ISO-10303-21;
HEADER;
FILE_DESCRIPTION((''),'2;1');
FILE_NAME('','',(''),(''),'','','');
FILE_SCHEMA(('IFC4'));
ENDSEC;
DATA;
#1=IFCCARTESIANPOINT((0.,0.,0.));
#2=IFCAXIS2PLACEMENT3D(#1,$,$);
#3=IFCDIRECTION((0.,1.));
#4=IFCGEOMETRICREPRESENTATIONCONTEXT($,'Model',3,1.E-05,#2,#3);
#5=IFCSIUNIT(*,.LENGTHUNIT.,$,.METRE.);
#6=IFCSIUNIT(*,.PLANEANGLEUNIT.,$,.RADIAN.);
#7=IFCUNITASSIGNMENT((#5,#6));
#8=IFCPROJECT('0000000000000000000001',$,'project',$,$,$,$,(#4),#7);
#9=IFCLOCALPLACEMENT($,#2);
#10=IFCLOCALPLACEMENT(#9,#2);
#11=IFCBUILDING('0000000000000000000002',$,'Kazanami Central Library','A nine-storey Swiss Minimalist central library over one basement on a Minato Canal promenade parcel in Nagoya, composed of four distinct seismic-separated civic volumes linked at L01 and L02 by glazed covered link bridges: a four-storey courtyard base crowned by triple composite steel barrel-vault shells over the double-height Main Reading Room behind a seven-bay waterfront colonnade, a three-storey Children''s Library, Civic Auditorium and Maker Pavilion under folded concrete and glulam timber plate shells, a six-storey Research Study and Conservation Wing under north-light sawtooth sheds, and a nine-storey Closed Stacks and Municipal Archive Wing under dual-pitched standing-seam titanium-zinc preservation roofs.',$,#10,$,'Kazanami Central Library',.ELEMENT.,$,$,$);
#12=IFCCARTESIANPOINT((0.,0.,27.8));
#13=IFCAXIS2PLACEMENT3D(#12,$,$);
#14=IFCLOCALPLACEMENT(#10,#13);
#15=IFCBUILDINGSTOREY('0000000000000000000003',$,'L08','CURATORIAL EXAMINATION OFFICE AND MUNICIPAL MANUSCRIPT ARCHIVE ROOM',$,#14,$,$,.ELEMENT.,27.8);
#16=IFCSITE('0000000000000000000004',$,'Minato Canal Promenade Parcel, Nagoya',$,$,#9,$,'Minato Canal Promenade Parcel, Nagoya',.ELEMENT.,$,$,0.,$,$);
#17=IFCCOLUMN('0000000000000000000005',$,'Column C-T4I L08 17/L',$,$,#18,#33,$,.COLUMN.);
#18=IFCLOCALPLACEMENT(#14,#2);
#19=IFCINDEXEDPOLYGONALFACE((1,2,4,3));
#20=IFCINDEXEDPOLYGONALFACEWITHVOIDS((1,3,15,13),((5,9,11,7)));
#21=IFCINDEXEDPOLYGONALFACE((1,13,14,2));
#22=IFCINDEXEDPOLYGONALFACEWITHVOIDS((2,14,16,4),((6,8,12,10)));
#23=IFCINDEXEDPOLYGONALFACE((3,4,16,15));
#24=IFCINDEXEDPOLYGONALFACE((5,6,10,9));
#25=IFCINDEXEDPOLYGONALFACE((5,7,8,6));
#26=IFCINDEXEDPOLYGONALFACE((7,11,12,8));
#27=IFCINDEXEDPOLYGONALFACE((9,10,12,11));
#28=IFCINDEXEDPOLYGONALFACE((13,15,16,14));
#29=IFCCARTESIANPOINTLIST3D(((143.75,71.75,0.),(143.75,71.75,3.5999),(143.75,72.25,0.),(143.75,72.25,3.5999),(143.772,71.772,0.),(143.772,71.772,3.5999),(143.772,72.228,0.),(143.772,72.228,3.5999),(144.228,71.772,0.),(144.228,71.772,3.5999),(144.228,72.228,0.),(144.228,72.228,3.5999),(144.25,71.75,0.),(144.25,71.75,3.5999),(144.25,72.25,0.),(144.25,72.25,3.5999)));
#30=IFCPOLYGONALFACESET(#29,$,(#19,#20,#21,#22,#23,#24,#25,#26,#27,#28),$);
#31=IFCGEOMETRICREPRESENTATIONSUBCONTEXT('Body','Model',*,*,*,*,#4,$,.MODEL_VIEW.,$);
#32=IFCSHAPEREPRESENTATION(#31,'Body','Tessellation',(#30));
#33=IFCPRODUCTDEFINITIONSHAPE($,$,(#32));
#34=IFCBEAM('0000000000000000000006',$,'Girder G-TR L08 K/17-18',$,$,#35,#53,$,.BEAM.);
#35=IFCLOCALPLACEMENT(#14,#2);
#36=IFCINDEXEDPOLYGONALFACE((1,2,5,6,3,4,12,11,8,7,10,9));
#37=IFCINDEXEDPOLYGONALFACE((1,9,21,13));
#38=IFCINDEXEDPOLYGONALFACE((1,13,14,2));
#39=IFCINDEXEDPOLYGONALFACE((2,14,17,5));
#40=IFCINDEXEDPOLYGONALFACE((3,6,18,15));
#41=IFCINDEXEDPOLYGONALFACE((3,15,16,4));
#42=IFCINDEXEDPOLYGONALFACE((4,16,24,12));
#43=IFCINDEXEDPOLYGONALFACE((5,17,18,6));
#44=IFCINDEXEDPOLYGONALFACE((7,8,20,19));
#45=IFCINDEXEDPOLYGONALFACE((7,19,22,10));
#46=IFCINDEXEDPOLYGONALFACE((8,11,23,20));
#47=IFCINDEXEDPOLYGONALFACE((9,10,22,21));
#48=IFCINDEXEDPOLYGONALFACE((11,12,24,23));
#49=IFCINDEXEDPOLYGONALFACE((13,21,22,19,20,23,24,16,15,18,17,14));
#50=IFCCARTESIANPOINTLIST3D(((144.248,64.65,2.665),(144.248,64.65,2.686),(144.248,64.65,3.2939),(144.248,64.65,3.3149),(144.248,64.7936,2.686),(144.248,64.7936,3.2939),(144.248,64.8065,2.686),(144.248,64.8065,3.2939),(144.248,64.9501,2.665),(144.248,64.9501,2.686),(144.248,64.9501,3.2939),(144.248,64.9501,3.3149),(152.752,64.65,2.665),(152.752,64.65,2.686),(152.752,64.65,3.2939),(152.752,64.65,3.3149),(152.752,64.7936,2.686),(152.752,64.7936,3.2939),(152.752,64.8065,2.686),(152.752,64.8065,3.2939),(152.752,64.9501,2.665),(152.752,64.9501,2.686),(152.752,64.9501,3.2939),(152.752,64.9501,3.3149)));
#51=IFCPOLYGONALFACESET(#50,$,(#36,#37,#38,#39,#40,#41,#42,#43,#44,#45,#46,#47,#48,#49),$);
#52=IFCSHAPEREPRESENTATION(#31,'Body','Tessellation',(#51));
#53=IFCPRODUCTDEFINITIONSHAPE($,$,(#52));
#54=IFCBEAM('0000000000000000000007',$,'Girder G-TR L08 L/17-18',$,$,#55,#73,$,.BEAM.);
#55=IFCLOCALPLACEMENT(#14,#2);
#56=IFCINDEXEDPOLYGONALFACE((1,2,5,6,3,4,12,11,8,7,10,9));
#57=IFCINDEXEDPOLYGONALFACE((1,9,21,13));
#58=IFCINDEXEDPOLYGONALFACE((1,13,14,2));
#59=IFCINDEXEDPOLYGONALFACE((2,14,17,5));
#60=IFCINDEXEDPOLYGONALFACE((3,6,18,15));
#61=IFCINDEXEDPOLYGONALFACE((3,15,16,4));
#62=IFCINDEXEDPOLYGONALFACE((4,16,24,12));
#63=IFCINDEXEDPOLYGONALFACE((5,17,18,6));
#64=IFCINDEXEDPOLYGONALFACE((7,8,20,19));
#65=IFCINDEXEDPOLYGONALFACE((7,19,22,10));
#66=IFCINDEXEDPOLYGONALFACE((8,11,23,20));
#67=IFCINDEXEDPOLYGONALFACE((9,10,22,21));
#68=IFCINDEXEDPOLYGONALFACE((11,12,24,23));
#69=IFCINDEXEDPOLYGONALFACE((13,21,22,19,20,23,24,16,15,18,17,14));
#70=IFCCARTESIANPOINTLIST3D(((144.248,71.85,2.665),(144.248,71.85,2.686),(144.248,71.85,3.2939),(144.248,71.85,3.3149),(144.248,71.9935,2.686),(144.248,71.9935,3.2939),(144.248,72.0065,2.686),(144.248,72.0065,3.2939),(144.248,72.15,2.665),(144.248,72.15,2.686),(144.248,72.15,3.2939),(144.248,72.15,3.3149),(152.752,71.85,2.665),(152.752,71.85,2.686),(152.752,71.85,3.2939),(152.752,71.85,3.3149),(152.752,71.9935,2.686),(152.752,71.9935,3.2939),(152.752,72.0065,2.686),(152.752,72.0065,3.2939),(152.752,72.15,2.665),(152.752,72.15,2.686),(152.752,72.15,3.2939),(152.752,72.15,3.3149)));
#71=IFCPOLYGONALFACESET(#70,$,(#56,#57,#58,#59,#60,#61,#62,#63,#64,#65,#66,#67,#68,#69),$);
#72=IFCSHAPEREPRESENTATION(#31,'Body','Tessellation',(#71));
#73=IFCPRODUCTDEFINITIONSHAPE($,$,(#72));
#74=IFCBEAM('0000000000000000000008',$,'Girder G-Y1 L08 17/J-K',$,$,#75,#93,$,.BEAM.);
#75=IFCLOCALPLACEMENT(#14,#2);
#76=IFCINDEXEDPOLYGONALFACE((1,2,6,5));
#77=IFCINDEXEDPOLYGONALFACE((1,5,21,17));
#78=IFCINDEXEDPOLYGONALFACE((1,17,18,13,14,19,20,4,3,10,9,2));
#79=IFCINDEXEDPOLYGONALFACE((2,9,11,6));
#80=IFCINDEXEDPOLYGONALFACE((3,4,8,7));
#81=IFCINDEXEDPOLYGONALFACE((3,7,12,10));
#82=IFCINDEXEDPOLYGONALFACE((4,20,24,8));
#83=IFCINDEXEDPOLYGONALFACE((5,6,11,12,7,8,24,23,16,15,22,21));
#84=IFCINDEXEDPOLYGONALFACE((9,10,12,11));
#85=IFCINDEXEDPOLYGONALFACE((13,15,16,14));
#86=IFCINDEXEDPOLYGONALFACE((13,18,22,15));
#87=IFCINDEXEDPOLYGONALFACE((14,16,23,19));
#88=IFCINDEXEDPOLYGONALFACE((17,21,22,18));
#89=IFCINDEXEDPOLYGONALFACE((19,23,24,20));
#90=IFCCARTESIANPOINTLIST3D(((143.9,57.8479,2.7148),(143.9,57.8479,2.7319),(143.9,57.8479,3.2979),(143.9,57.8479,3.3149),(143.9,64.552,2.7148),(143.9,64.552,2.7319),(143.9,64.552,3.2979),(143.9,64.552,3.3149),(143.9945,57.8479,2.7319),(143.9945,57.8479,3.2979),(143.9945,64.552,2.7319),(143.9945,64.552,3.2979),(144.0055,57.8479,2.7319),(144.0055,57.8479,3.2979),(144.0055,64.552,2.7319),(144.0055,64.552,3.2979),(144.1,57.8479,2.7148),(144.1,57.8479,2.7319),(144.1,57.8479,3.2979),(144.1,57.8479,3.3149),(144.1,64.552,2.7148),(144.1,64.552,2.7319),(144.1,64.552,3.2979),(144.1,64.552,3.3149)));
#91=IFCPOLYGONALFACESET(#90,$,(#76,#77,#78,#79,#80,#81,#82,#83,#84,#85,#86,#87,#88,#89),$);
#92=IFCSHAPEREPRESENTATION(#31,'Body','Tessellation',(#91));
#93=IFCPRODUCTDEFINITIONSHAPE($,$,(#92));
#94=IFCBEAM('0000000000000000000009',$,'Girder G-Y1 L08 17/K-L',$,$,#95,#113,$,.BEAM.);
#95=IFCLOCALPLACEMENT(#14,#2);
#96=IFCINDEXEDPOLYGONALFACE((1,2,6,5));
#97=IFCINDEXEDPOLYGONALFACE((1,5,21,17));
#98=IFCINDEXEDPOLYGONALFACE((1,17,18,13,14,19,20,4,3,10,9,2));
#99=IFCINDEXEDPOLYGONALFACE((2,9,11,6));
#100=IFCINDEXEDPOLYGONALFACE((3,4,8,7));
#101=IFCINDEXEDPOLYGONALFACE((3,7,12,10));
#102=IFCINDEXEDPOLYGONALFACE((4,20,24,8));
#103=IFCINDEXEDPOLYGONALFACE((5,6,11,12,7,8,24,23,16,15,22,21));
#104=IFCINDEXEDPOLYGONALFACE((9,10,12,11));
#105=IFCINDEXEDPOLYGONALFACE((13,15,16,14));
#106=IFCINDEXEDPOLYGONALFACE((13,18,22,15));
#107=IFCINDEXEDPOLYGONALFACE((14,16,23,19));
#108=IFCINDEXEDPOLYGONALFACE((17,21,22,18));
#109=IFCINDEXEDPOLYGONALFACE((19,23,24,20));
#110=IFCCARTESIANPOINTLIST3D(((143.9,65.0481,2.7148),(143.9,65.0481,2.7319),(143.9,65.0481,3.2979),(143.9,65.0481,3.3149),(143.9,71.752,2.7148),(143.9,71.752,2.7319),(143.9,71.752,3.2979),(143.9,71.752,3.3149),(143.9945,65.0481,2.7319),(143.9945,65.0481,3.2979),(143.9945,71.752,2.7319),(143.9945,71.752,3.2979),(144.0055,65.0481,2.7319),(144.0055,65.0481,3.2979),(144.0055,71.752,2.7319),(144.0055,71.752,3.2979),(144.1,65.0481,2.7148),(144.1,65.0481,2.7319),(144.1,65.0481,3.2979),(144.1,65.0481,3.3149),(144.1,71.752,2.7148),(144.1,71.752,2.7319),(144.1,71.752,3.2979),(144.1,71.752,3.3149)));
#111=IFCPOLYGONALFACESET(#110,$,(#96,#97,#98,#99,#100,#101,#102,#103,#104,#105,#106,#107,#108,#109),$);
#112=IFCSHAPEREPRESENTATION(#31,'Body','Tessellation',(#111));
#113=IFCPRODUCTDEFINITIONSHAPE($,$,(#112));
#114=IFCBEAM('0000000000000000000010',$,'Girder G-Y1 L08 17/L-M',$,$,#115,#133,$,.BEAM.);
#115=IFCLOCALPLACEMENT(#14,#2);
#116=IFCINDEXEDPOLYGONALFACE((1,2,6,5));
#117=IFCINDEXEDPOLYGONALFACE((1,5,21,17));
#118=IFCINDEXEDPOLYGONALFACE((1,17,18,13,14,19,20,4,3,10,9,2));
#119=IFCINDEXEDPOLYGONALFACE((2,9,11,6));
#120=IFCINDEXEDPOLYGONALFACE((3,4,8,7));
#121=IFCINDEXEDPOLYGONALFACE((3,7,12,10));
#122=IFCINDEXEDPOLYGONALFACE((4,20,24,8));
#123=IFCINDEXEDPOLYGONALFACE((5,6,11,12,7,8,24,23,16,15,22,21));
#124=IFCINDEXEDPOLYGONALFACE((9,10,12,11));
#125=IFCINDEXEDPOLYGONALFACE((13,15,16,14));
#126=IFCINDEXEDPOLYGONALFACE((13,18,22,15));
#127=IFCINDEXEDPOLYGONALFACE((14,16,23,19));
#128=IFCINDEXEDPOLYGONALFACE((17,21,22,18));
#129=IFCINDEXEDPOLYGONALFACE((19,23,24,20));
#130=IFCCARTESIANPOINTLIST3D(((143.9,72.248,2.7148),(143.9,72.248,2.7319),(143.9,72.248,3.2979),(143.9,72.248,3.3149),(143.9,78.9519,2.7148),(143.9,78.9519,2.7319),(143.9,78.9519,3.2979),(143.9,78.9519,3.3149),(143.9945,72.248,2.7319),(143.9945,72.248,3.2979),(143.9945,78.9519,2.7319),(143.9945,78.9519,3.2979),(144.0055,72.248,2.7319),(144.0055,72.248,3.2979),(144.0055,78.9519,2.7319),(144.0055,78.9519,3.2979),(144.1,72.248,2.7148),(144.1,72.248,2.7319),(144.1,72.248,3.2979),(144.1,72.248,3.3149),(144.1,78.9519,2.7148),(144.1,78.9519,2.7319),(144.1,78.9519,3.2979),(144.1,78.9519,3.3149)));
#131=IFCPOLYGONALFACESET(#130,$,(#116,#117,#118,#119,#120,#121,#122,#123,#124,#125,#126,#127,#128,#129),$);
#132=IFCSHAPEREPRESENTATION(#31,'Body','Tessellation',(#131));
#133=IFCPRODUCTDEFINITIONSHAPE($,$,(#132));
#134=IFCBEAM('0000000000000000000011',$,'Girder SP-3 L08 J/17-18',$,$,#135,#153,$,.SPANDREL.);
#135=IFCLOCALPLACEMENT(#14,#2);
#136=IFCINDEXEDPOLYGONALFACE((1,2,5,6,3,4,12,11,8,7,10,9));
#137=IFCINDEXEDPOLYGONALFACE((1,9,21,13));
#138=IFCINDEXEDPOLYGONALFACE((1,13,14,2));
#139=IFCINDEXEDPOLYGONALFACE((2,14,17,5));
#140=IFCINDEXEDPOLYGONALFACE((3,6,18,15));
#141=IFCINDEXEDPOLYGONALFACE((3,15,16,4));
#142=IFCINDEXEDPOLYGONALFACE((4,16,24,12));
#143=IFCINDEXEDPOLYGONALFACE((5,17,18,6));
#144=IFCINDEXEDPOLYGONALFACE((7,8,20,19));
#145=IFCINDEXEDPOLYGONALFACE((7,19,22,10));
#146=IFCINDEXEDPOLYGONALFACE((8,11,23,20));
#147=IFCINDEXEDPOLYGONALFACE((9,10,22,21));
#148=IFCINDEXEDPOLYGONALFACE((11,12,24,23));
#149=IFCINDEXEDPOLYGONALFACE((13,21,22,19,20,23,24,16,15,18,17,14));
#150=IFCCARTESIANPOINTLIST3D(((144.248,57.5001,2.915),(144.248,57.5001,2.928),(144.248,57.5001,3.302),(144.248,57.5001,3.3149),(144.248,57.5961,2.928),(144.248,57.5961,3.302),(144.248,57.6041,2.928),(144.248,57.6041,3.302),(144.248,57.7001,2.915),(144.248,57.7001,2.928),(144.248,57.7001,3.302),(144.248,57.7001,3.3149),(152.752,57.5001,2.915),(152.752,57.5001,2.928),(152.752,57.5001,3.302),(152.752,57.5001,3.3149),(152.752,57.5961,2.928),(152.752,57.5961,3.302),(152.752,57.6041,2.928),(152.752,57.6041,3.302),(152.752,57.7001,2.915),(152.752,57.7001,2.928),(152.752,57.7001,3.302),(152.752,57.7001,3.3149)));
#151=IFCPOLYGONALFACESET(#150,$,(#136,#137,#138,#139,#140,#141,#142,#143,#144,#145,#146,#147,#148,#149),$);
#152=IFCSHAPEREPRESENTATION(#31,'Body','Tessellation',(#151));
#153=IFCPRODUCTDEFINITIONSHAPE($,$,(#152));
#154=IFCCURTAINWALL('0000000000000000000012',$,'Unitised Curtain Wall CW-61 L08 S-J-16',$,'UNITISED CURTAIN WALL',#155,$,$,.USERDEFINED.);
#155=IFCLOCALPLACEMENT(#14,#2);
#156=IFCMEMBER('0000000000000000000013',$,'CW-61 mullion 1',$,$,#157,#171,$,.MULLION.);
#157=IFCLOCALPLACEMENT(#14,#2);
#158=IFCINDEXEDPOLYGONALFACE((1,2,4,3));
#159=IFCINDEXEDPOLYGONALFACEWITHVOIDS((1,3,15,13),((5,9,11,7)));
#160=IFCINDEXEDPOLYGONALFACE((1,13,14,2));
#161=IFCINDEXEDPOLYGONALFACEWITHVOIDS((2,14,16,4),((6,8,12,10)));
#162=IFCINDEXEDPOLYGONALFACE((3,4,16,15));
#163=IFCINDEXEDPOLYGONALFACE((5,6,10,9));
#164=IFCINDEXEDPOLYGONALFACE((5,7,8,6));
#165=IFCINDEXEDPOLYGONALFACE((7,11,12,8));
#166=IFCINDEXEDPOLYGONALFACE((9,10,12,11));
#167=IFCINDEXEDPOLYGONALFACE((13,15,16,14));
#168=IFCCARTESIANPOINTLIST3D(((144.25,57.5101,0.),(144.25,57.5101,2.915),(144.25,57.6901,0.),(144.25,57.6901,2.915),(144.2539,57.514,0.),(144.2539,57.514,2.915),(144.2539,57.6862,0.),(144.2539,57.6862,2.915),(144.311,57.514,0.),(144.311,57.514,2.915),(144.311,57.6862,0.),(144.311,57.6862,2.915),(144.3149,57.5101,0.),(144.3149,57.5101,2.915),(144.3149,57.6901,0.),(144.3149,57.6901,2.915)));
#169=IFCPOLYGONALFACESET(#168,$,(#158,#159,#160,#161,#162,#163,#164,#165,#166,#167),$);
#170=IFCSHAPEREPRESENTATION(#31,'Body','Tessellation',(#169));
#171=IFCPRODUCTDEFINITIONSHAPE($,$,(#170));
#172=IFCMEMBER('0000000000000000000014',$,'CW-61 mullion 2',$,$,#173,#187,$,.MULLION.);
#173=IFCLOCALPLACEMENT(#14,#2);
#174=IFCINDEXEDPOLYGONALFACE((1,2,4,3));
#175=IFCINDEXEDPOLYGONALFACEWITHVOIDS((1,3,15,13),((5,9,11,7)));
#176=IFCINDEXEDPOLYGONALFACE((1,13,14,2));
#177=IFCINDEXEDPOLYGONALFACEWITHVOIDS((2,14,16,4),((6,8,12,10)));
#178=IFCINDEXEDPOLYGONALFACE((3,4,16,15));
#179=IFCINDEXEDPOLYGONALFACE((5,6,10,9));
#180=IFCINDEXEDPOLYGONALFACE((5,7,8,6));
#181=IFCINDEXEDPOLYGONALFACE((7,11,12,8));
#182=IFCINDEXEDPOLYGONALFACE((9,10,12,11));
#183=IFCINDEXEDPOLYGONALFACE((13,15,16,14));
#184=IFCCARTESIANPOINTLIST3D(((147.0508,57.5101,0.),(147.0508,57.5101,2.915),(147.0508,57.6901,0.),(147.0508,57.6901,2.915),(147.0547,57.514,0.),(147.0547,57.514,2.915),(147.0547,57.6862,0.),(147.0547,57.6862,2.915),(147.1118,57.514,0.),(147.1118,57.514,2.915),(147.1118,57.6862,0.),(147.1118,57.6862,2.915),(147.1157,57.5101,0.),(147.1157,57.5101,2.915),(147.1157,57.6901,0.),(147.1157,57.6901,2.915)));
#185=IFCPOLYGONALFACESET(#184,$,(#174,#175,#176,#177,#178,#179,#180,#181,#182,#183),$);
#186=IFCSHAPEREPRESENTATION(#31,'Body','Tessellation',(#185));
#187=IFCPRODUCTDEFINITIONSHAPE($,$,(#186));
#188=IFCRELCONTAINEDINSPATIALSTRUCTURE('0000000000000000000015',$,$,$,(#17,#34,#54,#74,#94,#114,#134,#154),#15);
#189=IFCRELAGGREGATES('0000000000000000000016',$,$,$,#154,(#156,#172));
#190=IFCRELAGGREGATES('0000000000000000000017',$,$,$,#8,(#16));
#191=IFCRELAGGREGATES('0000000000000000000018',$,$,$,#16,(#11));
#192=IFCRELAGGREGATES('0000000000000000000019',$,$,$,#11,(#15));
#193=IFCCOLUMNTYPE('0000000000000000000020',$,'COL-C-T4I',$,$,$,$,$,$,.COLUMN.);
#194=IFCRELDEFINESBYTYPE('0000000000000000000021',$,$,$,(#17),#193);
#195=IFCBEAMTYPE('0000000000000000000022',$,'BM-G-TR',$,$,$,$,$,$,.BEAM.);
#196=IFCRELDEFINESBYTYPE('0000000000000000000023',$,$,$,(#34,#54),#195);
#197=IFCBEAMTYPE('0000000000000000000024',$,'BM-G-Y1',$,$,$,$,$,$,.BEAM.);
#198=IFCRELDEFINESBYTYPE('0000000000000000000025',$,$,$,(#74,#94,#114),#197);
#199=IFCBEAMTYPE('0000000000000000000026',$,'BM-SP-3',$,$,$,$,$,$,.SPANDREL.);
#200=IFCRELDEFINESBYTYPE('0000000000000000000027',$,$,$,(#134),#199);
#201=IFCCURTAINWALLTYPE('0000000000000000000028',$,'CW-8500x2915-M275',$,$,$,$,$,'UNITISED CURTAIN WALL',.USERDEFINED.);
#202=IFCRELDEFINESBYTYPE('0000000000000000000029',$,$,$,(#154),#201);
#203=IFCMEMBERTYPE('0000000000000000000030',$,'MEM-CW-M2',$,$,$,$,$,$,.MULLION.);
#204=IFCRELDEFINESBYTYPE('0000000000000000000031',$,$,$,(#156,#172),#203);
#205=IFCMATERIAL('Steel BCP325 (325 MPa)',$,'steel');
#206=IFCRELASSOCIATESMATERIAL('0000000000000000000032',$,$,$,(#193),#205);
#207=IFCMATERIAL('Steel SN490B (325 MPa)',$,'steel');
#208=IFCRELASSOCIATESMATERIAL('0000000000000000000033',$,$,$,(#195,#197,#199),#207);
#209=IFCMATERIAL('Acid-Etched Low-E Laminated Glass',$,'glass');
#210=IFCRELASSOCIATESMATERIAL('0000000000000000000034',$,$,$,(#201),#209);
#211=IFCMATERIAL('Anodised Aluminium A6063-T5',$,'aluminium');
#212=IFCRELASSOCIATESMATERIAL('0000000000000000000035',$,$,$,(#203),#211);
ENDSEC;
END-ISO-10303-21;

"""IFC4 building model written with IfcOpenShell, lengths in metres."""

from ifc_helpers import new_model, si_unit, direction, frame, origin, origin_2d, place, context, subcontext, project, spatial, hollow_rectangle, i_section, extrude, material, material_profile, profile_set, type_object, element, aggregate, save


model = new_model("IFC4")

# Units and contexts
model_context = context("Model", 3, precision=1e-05, world=origin(), true_north=direction((0.0, 1.0)))
body_context = subcontext(model_context, "Body", "Model", "MODEL_VIEW")
ifc_project = project(units=[si_unit("LENGTHUNIT", "METRE"), si_unit("PLANEANGLEUNIT", "RADIAN")], contexts=[model_context])

# Site, building, storey
site_placement = place(None, origin())
site = spatial("IfcSite", under=ifc_project, at=site_placement, Name="Minato Canal Promenade Parcel, Nagoya", LongName="Minato Canal Promenade Parcel, Nagoya", CompositionType="ELEMENT", RefElevation=0.0)
building_placement = place(site_placement, origin())
building = spatial("IfcBuilding", under=site, at=building_placement, Name="Kazanami Central Library", Description="A nine-storey Swiss Minimalist central library over one basement on a Minato Canal promenade parcel in Nagoya, composed of four distinct seismic-separated civic volumes linked at L01 and L02 by glazed covered link bridges: a four-storey courtyard base crowned by triple composite steel barrel-vault shells over the double-height Main Reading Room behind a seven-bay waterfront colonnade, a three-storey Children's Library, Civic Auditorium and Maker Pavilion under folded concrete and glulam timber plate shells, a six-storey Research Study and Conservation Wing under north-light sawtooth sheds, and a nine-storey Closed Stacks and Municipal Archive Wing under dual-pitched standing-seam titanium-zinc preservation roofs.", LongName="Kazanami Central Library", CompositionType="ELEMENT")
storey_placement = place(building_placement, frame((0.0, 0.0, 27.8)))
storey = spatial("IfcBuildingStorey", under=building, at=storey_placement, Name="L08", Description="CURATORIAL EXAMINATION OFFICE AND MUNICIPAL MANUSCRIPT ARCHIVE ROOM", CompositionType="ELEMENT", Elevation=27.8)

# Column
ifc_material_1 = material(Name="Steel BCP325 (325 MPa)", Category="steel")
ifc_material_profile_1 = material_profile(ifc_material_1, hollow_rectangle(XDim=0.5, YDim=0.5, WallThickness=0.022, at=origin_2d()), Name="BCP-500x500x22")
ifc_profile_set_1 = profile_set([ifc_material_profile_1], Name="Steel BCP325 (325 MPa)")
column_type = type_object("IfcColumnType", Name="COL-C-T4I", PredefinedType="COLUMN", material=ifc_profile_set_1)
column_placement = place(storey_placement, frame((144.0, 72.0, 0.0), z_axis=(0.0, 0.0, 1.0), x_axis=(1.0, 0.0, 0.0)))
element("IfcColumn", 1, at=column_placement, inside=storey, type_object=column_type, Name="Column C-T4I L08 17/L", PredefinedType="COLUMN", context=body_context, shape_type="SweptSolid", body=[
    extrude(hollow_rectangle(XDim=0.5, YDim=0.5, WallThickness=0.022, at=origin_2d()), origin(), (0.0, 0.0, 1.0), 3.5999),
])

# Beams
ifc_material_2 = material(Name="Steel SN490B (325 MPa)", Category="steel")
ifc_material_profile_2 = material_profile(ifc_material_2, i_section(OverallWidth=0.3, OverallDepth=0.6499, WebThickness=0.0129, FlangeThickness=0.021, at=origin_2d()), Name="H-650x300x13x21")
ifc_profile_set_2 = profile_set([ifc_material_profile_2], Name="Steel SN490B (325 MPa)")
beam_type_1 = type_object("IfcBeamType", Name="BM-G-TR", PredefinedType="BEAM", material=ifc_profile_set_2)
for number, where, z_axis, x_axis, name in (
    (2, (144.248, 64.8, 2.99), (1.0, 0.0, 0.0), (0.0, 1.0, 0.0), "Girder G-TR L08 K/17-18"),
    (3, (144.248, 72.0, 2.99), (1.0, 0.0, 0.0), (0.0, 1.0, 0.0), "Girder G-TR L08 L/17-18"),
):
    element("IfcBeam", number, at=place(storey_placement, frame(where, z_axis=z_axis, x_axis=x_axis)), inside=storey, type_object=beam_type_1, Name=name, PredefinedType="BEAM", context=body_context, shape_type="SweptSolid", body=[
        extrude(i_section(OverallWidth=0.3, OverallDepth=0.6499, WebThickness=0.0129, FlangeThickness=0.021, at=origin_2d()), origin(), (0.0, 0.0, 1.0), 8.5039),
    ])
ifc_material_profile_3 = material_profile(ifc_material_2, i_section(OverallWidth=0.2, OverallDepth=0.6001, WebThickness=0.011, FlangeThickness=0.0171, at=origin_2d()), Name="H-600x200x11x17")
ifc_profile_set_3 = profile_set([ifc_material_profile_3], Name="Steel SN490B (325 MPa)")
beam_type_2 = type_object("IfcBeamType", Name="BM-G-Y1", PredefinedType="BEAM", material=ifc_profile_set_3)
beam_1_placement = place(storey_placement, frame((144.0, 57.8479, 3.0149), z_axis=(0.0, 1.0, 0.0), x_axis=(-1.0, 0.0, 0.0)))
element("IfcBeam", 4, at=beam_1_placement, inside=storey, type_object=beam_type_2, Name="Girder G-Y1 L08 17/J-K", PredefinedType="BEAM", context=body_context, shape_type="SweptSolid", body=[
    extrude(i_section(OverallWidth=0.2, OverallDepth=0.6001, WebThickness=0.011, FlangeThickness=0.0171, at=origin_2d()), origin(), (0.0, 0.0, 1.0), 6.7041),
])
for number, where, z_axis, x_axis, name in (
    (5, (144.0, 65.0481, 3.0149), (0.0, 1.0, 0.0), (-1.0, 0.0, 0.0), "Girder G-Y1 L08 17/K-L"),
    (6, (144.0, 72.248, 3.0149), (0.0, 1.0, 0.0), (-1.0, 0.0, 0.0), "Girder G-Y1 L08 17/L-M"),
):
    element("IfcBeam", number, at=place(storey_placement, frame(where, z_axis=z_axis, x_axis=x_axis)), inside=storey, type_object=beam_type_2, Name=name, PredefinedType="BEAM", context=body_context, shape_type="SweptSolid", body=[
        extrude(i_section(OverallWidth=0.2, OverallDepth=0.6001, WebThickness=0.011, FlangeThickness=0.0171, at=origin_2d()), origin(), (0.0, 0.0, 1.0), 6.7039),
    ])
ifc_material_profile_4 = material_profile(ifc_material_2, i_section(OverallWidth=0.2, OverallDepth=0.3999, WebThickness=0.0081, FlangeThickness=0.0129, at=origin_2d()), Name="H-400x200x8x13")
ifc_profile_set_4 = profile_set([ifc_material_profile_4], Name="Steel SN490B (325 MPa)")
beam_type_3 = type_object("IfcBeamType", Name="BM-SP-3", PredefinedType="SPANDREL", material=ifc_profile_set_4)
beam_2_placement = place(storey_placement, frame((144.248, 57.6001, 3.115), z_axis=(1.0, 0.0, 0.0), x_axis=(0.0, 1.0, 0.0)))
element("IfcBeam", 7, at=beam_2_placement, inside=storey, type_object=beam_type_3, Name="Girder SP-3 L08 J/17-18", PredefinedType="SPANDREL", context=body_context, shape_type="SweptSolid", body=[
    extrude(i_section(OverallWidth=0.2, OverallDepth=0.3999, WebThickness=0.0081, FlangeThickness=0.0129, at=origin_2d()), origin(), (0.0, 0.0, 1.0), 8.5039),
])

# Curtain wall, members
ifc_material_3 = material(Name="Acid-Etched Low-E Laminated Glass", Category="glass")
curtain_wall_type = type_object("IfcCurtainWallType", Name="CW-8500x2915-M275", ElementType="UNITISED CURTAIN WALL", PredefinedType="USERDEFINED", material=ifc_material_3)
curtain_wall_placement = place(storey_placement, origin())
curtain_wall = element("IfcCurtainWall", 8, at=curtain_wall_placement, inside=storey, type_object=curtain_wall_type, Name="Unitised Curtain Wall CW-61 L08 S-J-16", ObjectType="UNITISED CURTAIN WALL", PredefinedType="USERDEFINED")
ifc_material_4 = material(Name="Anodised Aluminium A6063-T5", Category="aluminium")
ifc_material_profile_5 = material_profile(ifc_material_4, hollow_rectangle(XDim=0.0649, YDim=0.1799, WallThickness=0.0039, at=origin_2d()), Name="ALU-MULL-65x180x4")
ifc_profile_set_5 = profile_set([ifc_material_profile_5], Name="Anodised Aluminium A6063-T5")
member_type_1 = type_object("IfcMemberType", Name="MEM-CW-M2", PredefinedType="MULLION", material=ifc_profile_set_5)
member_1_placement = place(storey_placement, frame((144.2825, 57.6001, 0.0), z_axis=(0.0, 0.0, 1.0), x_axis=(1.0, 0.0, 0.0)))
member_1 = element("IfcMember", 9, at=member_1_placement, type_object=member_type_1, Name="CW-61 mullion 1", PredefinedType="MULLION", context=body_context, shape_type="SweptSolid", body=[
    extrude(hollow_rectangle(XDim=0.0649, YDim=0.1799, WallThickness=0.0039, at=origin_2d()), origin(), (0.0, 0.0, 1.0), 2.915),
])
member_2_placement = place(storey_placement, frame((147.0833, 57.6001, 0.0), z_axis=(0.0, 0.0, 1.0), x_axis=(1.0, 0.0, 0.0)))
member_2 = element("IfcMember", 10, at=member_2_placement, type_object=member_type_1, Name="CW-61 mullion 2", PredefinedType="MULLION", context=body_context, shape_type="SweptSolid", body=[
    extrude(hollow_rectangle(XDim=0.0649, YDim=0.1799, WallThickness=0.0039, at=origin_2d()), origin(), (0.0, 0.0, 1.0), 2.915),
])
aggregate(curtain_wall, [member_1, member_2])

save(model, "model.ifc")
